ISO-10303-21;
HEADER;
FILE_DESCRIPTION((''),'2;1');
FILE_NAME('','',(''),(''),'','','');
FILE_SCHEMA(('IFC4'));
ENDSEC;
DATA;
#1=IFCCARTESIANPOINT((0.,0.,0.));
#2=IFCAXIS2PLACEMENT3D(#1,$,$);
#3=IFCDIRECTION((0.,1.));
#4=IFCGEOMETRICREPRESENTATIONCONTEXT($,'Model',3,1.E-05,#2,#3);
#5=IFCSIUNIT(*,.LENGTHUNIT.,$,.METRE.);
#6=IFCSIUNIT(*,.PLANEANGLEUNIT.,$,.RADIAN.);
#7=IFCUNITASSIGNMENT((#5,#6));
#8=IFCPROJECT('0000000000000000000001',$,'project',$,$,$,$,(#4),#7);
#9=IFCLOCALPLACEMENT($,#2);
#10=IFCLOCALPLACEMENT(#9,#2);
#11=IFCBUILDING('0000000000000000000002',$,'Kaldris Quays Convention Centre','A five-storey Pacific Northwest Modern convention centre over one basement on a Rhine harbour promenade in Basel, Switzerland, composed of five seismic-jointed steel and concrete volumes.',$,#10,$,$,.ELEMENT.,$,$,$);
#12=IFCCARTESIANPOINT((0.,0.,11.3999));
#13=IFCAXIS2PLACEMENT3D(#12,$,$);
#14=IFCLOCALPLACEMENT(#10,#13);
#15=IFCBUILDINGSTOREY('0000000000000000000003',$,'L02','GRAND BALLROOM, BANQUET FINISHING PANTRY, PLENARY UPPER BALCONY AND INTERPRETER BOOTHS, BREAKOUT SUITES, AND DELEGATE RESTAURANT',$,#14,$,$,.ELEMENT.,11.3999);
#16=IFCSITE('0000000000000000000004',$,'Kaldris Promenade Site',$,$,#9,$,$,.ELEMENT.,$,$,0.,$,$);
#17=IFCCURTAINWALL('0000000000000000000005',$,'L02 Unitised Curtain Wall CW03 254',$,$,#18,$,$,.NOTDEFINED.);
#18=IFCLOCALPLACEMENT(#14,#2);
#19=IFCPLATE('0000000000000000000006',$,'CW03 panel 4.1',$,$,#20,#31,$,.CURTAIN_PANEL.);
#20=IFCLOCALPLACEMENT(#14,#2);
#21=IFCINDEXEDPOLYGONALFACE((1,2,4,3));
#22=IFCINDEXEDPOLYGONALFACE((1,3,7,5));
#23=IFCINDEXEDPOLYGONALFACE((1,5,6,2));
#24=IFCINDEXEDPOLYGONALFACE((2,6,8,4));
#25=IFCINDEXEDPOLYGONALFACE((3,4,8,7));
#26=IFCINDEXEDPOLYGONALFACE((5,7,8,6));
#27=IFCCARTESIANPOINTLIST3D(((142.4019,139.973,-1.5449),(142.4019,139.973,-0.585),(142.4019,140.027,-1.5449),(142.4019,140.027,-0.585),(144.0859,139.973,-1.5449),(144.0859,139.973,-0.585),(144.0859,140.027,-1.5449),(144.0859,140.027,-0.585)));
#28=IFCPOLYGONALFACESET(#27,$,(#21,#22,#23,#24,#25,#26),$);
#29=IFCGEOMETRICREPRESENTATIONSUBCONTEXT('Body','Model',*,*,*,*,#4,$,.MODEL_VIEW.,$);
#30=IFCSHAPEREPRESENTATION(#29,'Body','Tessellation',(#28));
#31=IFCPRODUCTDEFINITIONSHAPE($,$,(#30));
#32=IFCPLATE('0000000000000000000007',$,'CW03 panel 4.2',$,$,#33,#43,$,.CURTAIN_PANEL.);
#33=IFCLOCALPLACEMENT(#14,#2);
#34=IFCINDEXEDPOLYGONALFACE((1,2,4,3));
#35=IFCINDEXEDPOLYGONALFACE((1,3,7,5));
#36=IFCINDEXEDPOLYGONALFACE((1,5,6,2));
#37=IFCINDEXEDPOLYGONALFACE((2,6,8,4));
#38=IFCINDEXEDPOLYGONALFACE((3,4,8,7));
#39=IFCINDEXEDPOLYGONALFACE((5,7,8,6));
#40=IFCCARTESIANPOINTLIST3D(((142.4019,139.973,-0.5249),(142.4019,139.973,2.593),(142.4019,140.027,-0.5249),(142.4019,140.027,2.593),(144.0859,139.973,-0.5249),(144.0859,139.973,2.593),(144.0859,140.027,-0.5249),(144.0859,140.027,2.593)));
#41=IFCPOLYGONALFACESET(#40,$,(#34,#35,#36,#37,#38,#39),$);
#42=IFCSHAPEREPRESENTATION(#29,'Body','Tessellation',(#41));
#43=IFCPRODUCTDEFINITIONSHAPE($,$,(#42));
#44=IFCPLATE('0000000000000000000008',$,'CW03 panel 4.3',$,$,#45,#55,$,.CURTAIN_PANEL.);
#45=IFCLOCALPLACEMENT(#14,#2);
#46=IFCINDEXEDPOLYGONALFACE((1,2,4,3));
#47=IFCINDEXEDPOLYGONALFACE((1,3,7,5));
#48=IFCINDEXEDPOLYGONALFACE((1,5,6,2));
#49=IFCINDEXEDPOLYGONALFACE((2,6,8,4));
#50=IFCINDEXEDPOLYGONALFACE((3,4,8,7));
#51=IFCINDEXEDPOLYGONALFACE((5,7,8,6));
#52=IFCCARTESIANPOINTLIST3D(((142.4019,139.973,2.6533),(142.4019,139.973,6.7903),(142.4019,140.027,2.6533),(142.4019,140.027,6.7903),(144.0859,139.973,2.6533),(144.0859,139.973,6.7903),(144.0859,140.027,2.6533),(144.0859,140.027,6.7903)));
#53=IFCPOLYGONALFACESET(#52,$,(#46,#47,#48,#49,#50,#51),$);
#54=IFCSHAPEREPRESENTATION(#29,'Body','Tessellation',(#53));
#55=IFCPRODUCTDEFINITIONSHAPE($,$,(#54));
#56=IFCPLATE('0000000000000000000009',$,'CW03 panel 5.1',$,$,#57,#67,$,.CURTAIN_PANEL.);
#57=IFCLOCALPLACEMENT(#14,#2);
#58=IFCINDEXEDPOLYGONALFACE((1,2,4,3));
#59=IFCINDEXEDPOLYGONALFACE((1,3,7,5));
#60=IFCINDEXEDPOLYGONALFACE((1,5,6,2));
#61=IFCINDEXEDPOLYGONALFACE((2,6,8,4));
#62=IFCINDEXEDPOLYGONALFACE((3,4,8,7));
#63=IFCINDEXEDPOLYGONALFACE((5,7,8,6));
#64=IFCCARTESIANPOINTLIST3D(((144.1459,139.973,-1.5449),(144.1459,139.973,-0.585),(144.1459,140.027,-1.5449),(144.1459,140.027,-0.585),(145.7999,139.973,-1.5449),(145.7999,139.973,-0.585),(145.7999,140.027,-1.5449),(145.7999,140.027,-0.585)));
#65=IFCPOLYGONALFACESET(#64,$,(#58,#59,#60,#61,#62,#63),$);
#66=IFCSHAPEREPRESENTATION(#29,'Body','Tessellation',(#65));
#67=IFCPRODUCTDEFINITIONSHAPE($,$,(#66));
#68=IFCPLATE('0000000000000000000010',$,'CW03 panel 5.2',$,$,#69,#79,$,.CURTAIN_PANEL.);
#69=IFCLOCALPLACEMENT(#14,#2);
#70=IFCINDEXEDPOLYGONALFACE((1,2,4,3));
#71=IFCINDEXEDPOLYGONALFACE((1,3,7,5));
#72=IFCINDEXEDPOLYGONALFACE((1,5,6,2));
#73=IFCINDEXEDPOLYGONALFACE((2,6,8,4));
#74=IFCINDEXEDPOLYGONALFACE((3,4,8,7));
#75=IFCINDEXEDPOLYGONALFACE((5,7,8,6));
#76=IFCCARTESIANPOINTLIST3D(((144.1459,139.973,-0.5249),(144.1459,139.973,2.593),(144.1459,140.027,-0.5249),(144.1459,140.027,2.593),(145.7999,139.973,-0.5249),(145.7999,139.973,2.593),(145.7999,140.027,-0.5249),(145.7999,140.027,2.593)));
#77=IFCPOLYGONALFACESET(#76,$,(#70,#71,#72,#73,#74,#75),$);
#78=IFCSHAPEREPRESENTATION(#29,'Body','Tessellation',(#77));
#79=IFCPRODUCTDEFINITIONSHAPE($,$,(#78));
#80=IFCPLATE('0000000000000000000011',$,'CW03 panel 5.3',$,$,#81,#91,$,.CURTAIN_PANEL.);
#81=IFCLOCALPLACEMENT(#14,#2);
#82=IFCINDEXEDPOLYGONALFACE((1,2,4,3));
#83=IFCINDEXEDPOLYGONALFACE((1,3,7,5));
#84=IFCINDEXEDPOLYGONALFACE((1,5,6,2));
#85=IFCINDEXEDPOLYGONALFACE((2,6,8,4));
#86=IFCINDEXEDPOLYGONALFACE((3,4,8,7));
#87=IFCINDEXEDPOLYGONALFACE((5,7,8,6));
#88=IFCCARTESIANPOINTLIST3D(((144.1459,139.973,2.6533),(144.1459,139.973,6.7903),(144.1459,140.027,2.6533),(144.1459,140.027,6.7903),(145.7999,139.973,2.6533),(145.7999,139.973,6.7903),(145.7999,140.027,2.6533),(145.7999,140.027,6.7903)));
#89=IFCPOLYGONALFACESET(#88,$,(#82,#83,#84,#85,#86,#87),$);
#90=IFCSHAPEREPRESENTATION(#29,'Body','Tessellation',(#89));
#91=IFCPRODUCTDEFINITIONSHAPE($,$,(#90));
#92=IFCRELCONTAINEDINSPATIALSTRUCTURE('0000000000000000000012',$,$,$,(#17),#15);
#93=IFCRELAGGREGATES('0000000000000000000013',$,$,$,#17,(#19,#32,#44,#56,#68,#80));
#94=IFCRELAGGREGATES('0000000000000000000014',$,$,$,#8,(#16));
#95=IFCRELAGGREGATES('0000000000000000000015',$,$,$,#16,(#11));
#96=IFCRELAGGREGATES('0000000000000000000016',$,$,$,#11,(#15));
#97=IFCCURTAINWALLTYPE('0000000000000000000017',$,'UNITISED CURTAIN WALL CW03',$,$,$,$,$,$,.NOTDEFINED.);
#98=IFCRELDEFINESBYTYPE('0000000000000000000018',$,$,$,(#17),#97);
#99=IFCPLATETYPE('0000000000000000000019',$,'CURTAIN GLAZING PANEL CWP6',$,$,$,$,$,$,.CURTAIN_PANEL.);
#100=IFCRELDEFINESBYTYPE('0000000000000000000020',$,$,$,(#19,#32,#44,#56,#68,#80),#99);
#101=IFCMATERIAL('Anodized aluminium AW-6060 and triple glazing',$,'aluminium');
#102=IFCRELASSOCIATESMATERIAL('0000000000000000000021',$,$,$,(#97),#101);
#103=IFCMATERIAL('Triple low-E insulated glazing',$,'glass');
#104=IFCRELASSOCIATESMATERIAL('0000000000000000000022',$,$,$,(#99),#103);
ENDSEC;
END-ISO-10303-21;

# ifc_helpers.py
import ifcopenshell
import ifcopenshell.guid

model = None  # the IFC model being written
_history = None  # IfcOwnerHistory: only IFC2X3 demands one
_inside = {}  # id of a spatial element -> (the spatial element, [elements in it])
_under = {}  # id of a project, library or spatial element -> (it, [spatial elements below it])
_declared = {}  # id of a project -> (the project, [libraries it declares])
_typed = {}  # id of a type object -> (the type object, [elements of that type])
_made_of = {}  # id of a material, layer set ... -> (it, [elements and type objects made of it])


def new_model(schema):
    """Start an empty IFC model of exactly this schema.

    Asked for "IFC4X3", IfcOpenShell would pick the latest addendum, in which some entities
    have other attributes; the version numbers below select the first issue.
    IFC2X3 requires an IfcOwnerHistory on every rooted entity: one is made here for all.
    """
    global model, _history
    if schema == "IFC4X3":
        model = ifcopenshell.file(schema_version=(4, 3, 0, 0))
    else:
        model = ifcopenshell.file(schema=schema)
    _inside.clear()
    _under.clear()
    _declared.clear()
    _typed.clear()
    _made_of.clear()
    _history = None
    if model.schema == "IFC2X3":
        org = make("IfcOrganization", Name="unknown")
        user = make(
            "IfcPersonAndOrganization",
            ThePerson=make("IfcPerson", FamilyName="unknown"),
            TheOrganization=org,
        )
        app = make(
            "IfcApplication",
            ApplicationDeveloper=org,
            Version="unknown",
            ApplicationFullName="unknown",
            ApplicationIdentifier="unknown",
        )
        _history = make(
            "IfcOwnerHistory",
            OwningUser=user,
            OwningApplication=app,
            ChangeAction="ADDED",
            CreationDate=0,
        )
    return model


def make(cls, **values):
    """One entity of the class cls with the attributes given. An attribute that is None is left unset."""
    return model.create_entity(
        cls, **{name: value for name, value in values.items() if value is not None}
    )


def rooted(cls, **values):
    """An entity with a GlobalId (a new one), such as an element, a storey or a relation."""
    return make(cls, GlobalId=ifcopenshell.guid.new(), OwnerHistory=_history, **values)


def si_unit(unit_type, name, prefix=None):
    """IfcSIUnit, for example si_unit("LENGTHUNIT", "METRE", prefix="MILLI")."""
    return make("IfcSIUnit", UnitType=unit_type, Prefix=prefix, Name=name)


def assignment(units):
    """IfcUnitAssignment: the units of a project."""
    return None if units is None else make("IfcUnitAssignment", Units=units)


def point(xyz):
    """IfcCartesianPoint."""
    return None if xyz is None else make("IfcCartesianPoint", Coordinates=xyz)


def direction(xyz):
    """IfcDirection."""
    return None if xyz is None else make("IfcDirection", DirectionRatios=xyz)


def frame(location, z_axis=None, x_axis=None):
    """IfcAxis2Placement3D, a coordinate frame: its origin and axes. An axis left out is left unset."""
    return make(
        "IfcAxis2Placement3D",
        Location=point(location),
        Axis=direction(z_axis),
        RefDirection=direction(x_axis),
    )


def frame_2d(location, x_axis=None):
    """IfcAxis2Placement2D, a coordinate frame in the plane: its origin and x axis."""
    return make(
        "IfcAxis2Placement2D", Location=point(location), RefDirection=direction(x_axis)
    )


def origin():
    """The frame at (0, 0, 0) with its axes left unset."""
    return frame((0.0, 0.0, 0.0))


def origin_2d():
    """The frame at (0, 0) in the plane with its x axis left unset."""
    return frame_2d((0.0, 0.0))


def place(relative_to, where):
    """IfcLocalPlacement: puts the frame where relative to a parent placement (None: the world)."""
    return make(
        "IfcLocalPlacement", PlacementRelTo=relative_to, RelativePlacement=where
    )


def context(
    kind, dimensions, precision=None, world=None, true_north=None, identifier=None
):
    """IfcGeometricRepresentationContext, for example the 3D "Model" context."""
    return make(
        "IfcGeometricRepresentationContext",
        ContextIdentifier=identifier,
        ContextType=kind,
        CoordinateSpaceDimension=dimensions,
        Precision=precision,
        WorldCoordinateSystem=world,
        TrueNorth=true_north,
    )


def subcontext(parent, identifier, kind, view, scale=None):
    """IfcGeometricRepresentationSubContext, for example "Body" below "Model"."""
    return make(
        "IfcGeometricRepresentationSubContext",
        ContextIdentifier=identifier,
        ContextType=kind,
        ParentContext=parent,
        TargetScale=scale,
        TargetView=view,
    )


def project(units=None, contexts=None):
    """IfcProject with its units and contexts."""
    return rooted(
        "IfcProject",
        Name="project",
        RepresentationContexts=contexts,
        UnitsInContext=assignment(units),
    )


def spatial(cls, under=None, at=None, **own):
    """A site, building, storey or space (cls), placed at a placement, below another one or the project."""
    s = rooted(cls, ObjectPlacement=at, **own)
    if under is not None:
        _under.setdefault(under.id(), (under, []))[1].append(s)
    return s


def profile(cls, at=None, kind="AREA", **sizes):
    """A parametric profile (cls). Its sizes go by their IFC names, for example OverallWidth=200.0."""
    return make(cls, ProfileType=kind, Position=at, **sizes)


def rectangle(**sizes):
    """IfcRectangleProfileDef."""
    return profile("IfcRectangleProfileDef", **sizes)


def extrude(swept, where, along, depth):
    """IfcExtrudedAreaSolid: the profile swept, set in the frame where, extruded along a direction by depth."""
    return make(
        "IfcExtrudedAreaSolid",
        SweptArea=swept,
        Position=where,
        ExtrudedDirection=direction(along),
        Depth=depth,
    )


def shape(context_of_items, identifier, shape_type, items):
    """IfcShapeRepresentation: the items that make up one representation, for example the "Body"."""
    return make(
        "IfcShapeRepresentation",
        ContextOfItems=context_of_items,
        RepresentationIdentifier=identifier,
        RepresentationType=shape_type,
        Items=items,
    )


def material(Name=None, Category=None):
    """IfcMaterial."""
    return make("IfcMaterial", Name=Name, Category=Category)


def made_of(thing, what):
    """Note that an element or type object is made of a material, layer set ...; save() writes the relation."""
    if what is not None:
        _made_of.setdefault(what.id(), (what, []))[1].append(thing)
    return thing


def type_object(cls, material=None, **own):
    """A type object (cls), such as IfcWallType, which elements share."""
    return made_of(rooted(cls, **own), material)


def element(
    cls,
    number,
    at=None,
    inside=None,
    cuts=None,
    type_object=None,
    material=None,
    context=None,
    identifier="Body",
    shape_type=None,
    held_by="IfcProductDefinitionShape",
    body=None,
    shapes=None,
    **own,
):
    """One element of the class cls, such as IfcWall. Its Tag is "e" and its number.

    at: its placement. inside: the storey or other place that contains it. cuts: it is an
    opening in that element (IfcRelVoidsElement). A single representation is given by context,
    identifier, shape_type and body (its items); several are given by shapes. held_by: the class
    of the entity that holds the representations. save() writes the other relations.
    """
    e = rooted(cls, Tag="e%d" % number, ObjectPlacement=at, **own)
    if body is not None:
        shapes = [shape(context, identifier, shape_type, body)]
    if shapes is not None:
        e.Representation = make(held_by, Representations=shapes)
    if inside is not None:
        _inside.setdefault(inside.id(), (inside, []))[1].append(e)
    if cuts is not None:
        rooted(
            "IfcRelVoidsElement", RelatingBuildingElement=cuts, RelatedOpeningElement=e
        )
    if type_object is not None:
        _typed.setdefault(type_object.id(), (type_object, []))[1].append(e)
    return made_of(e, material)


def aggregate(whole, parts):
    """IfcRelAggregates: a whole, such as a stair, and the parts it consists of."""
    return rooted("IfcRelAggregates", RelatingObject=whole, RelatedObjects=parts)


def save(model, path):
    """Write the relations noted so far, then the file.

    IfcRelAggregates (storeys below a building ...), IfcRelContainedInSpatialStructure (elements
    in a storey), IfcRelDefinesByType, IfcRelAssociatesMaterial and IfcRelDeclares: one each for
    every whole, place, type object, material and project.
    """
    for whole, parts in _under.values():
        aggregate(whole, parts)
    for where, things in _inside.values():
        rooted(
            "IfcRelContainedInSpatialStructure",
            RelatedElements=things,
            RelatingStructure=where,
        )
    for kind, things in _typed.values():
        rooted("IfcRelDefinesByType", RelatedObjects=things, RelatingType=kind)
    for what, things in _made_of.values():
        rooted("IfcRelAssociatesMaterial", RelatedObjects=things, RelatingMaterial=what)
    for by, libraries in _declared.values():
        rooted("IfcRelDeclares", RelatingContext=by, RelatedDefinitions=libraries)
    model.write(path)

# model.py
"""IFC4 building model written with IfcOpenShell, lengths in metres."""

from ifc_helpers import new_model, si_unit, direction, frame, origin, origin_2d, place, context, subcontext, project, spatial, rectangle, extrude, material, type_object, element, aggregate, save


model = new_model("IFC4")

# Units and contexts
model_context = context("Model", 3, precision=1e-05, world=origin(), true_north=direction((0.0, 1.0)))
body_context = subcontext(model_context, "Body", "Model", "MODEL_VIEW")
ifc_project = project(units=[si_unit("LENGTHUNIT", "METRE"), si_unit("PLANEANGLEUNIT", "RADIAN")], contexts=[model_context])

# Site, building, storey
site_placement = place(None, origin())
site = spatial("IfcSite", under=ifc_project, at=site_placement, Name="Kaldris Promenade Site", CompositionType="ELEMENT", RefElevation=0.0)
building_placement = place(site_placement, origin())
building = spatial("IfcBuilding", under=site, at=building_placement, Name="Kaldris Quays Convention Centre", Description="A five-storey Pacific Northwest Modern convention centre over one basement on a Rhine harbour promenade in Basel, Switzerland, composed of five seismic-jointed steel and concrete volumes.", CompositionType="ELEMENT")
storey_placement = place(building_placement, frame((0.0, 0.0, 11.3999)))
storey = spatial("IfcBuildingStorey", under=building, at=storey_placement, Name="L02", Description="GRAND BALLROOM, BANQUET FINISHING PANTRY, PLENARY UPPER BALCONY AND INTERPRETER BOOTHS, BREAKOUT SUITES, AND DELEGATE RESTAURANT", CompositionType="ELEMENT", Elevation=11.3999)

# Curtain wall
ifc_material_1 = material(Name="Anodized aluminium AW-6060 and triple glazing", Category="aluminium")
curtain_wall_type = type_object("IfcCurtainWallType", Name="UNITISED CURTAIN WALL CW03", PredefinedType="NOTDEFINED", material=ifc_material_1)
curtain_wall_placement = place(storey_placement, origin())
curtain_wall = element("IfcCurtainWall", 1, at=curtain_wall_placement, inside=storey, type_object=curtain_wall_type, Name="L02 Unitised Curtain Wall CW03 254", PredefinedType="NOTDEFINED")

# Plates
ifc_material_2 = material(Name="Triple low-E insulated glazing", Category="glass")
plate_type = type_object("IfcPlateType", Name="CURTAIN GLAZING PANEL CWP6", PredefinedType="CURTAIN_PANEL", material=ifc_material_2)
plate_1_placement = place(storey_placement, frame((143.2439, 140.0, -1.5449), z_axis=(0.0, 0.0, 1.0), x_axis=(1.0, 0.0, 0.0)))
plate_1 = element("IfcPlate", 2, at=plate_1_placement, type_object=plate_type, Name="CW03 panel 4.1", PredefinedType="CURTAIN_PANEL", context=body_context, shape_type="SweptSolid", body=[
    extrude(rectangle(XDim=1.6841, YDim=0.054, at=origin_2d()), origin(), (0.0, 0.0, 1.0), 0.96),
])
plate_2_placement = place(storey_placement, frame((143.2439, 140.0, -0.5249), z_axis=(0.0, 0.0, 1.0), x_axis=(1.0, 0.0, 0.0)))
plate_2 = element("IfcPlate", 3, at=plate_2_placement, type_object=plate_type, Name="CW03 panel 4.2", PredefinedType="CURTAIN_PANEL", context=body_context, shape_type="SweptSolid", body=[
    extrude(rectangle(XDim=1.6841, YDim=0.054, at=origin_2d()), origin(), (0.0, 0.0, 1.0), 3.1179),
])
plate_3_placement = place(storey_placement, frame((143.2439, 140.0, 2.6533), z_axis=(0.0, 0.0, 1.0), x_axis=(1.0, 0.0, 0.0)))
plate_3 = element("IfcPlate", 4, at=plate_3_placement, type_object=plate_type, Name="CW03 panel 4.3", PredefinedType="CURTAIN_PANEL", context=body_context, shape_type="SweptSolid", body=[
    extrude(rectangle(XDim=1.6841, YDim=0.054, at=origin_2d()), origin(), (0.0, 0.0, 1.0), 4.137),
])
plate_4_placement = place(storey_placement, frame((144.9729, 140.0, -1.5449), z_axis=(0.0, 0.0, 1.0), x_axis=(1.0, 0.0, 0.0)))
plate_4 = element("IfcPlate", 5, at=plate_4_placement, type_object=plate_type, Name="CW03 panel 5.1", PredefinedType="CURTAIN_PANEL", context=body_context, shape_type="SweptSolid", body=[
    extrude(rectangle(XDim=1.6541, YDim=0.054, at=origin_2d()), origin(), (0.0, 0.0, 1.0), 0.96),
])
plate_5_placement = place(storey_placement, frame((144.9729, 140.0, -0.5249), z_axis=(0.0, 0.0, 1.0), x_axis=(1.0, 0.0, 0.0)))
plate_5 = element("IfcPlate", 6, at=plate_5_placement, type_object=plate_type, Name="CW03 panel 5.2", PredefinedType="CURTAIN_PANEL", context=body_context, shape_type="SweptSolid", body=[
    extrude(rectangle(XDim=1.6541, YDim=0.054, at=origin_2d()), origin(), (0.0, 0.0, 1.0), 3.1179),
])
plate_6_placement = place(storey_placement, frame((144.9729, 140.0, 2.6533), z_axis=(0.0, 0.0, 1.0), x_axis=(1.0, 0.0, 0.0)))
plate_6 = element("IfcPlate", 7, at=plate_6_placement, type_object=plate_type, Name="CW03 panel 5.3", PredefinedType="CURTAIN_PANEL", context=body_context, shape_type="SweptSolid", body=[
    extrude(rectangle(XDim=1.6541, YDim=0.054, at=origin_2d()), origin(), (0.0, 0.0, 1.0), 4.137),
])
aggregate(curtain_wall, [plate_1, plate_2, plate_3, plate_4, plate_5, plate_6])

save(model, "model.ifc")
